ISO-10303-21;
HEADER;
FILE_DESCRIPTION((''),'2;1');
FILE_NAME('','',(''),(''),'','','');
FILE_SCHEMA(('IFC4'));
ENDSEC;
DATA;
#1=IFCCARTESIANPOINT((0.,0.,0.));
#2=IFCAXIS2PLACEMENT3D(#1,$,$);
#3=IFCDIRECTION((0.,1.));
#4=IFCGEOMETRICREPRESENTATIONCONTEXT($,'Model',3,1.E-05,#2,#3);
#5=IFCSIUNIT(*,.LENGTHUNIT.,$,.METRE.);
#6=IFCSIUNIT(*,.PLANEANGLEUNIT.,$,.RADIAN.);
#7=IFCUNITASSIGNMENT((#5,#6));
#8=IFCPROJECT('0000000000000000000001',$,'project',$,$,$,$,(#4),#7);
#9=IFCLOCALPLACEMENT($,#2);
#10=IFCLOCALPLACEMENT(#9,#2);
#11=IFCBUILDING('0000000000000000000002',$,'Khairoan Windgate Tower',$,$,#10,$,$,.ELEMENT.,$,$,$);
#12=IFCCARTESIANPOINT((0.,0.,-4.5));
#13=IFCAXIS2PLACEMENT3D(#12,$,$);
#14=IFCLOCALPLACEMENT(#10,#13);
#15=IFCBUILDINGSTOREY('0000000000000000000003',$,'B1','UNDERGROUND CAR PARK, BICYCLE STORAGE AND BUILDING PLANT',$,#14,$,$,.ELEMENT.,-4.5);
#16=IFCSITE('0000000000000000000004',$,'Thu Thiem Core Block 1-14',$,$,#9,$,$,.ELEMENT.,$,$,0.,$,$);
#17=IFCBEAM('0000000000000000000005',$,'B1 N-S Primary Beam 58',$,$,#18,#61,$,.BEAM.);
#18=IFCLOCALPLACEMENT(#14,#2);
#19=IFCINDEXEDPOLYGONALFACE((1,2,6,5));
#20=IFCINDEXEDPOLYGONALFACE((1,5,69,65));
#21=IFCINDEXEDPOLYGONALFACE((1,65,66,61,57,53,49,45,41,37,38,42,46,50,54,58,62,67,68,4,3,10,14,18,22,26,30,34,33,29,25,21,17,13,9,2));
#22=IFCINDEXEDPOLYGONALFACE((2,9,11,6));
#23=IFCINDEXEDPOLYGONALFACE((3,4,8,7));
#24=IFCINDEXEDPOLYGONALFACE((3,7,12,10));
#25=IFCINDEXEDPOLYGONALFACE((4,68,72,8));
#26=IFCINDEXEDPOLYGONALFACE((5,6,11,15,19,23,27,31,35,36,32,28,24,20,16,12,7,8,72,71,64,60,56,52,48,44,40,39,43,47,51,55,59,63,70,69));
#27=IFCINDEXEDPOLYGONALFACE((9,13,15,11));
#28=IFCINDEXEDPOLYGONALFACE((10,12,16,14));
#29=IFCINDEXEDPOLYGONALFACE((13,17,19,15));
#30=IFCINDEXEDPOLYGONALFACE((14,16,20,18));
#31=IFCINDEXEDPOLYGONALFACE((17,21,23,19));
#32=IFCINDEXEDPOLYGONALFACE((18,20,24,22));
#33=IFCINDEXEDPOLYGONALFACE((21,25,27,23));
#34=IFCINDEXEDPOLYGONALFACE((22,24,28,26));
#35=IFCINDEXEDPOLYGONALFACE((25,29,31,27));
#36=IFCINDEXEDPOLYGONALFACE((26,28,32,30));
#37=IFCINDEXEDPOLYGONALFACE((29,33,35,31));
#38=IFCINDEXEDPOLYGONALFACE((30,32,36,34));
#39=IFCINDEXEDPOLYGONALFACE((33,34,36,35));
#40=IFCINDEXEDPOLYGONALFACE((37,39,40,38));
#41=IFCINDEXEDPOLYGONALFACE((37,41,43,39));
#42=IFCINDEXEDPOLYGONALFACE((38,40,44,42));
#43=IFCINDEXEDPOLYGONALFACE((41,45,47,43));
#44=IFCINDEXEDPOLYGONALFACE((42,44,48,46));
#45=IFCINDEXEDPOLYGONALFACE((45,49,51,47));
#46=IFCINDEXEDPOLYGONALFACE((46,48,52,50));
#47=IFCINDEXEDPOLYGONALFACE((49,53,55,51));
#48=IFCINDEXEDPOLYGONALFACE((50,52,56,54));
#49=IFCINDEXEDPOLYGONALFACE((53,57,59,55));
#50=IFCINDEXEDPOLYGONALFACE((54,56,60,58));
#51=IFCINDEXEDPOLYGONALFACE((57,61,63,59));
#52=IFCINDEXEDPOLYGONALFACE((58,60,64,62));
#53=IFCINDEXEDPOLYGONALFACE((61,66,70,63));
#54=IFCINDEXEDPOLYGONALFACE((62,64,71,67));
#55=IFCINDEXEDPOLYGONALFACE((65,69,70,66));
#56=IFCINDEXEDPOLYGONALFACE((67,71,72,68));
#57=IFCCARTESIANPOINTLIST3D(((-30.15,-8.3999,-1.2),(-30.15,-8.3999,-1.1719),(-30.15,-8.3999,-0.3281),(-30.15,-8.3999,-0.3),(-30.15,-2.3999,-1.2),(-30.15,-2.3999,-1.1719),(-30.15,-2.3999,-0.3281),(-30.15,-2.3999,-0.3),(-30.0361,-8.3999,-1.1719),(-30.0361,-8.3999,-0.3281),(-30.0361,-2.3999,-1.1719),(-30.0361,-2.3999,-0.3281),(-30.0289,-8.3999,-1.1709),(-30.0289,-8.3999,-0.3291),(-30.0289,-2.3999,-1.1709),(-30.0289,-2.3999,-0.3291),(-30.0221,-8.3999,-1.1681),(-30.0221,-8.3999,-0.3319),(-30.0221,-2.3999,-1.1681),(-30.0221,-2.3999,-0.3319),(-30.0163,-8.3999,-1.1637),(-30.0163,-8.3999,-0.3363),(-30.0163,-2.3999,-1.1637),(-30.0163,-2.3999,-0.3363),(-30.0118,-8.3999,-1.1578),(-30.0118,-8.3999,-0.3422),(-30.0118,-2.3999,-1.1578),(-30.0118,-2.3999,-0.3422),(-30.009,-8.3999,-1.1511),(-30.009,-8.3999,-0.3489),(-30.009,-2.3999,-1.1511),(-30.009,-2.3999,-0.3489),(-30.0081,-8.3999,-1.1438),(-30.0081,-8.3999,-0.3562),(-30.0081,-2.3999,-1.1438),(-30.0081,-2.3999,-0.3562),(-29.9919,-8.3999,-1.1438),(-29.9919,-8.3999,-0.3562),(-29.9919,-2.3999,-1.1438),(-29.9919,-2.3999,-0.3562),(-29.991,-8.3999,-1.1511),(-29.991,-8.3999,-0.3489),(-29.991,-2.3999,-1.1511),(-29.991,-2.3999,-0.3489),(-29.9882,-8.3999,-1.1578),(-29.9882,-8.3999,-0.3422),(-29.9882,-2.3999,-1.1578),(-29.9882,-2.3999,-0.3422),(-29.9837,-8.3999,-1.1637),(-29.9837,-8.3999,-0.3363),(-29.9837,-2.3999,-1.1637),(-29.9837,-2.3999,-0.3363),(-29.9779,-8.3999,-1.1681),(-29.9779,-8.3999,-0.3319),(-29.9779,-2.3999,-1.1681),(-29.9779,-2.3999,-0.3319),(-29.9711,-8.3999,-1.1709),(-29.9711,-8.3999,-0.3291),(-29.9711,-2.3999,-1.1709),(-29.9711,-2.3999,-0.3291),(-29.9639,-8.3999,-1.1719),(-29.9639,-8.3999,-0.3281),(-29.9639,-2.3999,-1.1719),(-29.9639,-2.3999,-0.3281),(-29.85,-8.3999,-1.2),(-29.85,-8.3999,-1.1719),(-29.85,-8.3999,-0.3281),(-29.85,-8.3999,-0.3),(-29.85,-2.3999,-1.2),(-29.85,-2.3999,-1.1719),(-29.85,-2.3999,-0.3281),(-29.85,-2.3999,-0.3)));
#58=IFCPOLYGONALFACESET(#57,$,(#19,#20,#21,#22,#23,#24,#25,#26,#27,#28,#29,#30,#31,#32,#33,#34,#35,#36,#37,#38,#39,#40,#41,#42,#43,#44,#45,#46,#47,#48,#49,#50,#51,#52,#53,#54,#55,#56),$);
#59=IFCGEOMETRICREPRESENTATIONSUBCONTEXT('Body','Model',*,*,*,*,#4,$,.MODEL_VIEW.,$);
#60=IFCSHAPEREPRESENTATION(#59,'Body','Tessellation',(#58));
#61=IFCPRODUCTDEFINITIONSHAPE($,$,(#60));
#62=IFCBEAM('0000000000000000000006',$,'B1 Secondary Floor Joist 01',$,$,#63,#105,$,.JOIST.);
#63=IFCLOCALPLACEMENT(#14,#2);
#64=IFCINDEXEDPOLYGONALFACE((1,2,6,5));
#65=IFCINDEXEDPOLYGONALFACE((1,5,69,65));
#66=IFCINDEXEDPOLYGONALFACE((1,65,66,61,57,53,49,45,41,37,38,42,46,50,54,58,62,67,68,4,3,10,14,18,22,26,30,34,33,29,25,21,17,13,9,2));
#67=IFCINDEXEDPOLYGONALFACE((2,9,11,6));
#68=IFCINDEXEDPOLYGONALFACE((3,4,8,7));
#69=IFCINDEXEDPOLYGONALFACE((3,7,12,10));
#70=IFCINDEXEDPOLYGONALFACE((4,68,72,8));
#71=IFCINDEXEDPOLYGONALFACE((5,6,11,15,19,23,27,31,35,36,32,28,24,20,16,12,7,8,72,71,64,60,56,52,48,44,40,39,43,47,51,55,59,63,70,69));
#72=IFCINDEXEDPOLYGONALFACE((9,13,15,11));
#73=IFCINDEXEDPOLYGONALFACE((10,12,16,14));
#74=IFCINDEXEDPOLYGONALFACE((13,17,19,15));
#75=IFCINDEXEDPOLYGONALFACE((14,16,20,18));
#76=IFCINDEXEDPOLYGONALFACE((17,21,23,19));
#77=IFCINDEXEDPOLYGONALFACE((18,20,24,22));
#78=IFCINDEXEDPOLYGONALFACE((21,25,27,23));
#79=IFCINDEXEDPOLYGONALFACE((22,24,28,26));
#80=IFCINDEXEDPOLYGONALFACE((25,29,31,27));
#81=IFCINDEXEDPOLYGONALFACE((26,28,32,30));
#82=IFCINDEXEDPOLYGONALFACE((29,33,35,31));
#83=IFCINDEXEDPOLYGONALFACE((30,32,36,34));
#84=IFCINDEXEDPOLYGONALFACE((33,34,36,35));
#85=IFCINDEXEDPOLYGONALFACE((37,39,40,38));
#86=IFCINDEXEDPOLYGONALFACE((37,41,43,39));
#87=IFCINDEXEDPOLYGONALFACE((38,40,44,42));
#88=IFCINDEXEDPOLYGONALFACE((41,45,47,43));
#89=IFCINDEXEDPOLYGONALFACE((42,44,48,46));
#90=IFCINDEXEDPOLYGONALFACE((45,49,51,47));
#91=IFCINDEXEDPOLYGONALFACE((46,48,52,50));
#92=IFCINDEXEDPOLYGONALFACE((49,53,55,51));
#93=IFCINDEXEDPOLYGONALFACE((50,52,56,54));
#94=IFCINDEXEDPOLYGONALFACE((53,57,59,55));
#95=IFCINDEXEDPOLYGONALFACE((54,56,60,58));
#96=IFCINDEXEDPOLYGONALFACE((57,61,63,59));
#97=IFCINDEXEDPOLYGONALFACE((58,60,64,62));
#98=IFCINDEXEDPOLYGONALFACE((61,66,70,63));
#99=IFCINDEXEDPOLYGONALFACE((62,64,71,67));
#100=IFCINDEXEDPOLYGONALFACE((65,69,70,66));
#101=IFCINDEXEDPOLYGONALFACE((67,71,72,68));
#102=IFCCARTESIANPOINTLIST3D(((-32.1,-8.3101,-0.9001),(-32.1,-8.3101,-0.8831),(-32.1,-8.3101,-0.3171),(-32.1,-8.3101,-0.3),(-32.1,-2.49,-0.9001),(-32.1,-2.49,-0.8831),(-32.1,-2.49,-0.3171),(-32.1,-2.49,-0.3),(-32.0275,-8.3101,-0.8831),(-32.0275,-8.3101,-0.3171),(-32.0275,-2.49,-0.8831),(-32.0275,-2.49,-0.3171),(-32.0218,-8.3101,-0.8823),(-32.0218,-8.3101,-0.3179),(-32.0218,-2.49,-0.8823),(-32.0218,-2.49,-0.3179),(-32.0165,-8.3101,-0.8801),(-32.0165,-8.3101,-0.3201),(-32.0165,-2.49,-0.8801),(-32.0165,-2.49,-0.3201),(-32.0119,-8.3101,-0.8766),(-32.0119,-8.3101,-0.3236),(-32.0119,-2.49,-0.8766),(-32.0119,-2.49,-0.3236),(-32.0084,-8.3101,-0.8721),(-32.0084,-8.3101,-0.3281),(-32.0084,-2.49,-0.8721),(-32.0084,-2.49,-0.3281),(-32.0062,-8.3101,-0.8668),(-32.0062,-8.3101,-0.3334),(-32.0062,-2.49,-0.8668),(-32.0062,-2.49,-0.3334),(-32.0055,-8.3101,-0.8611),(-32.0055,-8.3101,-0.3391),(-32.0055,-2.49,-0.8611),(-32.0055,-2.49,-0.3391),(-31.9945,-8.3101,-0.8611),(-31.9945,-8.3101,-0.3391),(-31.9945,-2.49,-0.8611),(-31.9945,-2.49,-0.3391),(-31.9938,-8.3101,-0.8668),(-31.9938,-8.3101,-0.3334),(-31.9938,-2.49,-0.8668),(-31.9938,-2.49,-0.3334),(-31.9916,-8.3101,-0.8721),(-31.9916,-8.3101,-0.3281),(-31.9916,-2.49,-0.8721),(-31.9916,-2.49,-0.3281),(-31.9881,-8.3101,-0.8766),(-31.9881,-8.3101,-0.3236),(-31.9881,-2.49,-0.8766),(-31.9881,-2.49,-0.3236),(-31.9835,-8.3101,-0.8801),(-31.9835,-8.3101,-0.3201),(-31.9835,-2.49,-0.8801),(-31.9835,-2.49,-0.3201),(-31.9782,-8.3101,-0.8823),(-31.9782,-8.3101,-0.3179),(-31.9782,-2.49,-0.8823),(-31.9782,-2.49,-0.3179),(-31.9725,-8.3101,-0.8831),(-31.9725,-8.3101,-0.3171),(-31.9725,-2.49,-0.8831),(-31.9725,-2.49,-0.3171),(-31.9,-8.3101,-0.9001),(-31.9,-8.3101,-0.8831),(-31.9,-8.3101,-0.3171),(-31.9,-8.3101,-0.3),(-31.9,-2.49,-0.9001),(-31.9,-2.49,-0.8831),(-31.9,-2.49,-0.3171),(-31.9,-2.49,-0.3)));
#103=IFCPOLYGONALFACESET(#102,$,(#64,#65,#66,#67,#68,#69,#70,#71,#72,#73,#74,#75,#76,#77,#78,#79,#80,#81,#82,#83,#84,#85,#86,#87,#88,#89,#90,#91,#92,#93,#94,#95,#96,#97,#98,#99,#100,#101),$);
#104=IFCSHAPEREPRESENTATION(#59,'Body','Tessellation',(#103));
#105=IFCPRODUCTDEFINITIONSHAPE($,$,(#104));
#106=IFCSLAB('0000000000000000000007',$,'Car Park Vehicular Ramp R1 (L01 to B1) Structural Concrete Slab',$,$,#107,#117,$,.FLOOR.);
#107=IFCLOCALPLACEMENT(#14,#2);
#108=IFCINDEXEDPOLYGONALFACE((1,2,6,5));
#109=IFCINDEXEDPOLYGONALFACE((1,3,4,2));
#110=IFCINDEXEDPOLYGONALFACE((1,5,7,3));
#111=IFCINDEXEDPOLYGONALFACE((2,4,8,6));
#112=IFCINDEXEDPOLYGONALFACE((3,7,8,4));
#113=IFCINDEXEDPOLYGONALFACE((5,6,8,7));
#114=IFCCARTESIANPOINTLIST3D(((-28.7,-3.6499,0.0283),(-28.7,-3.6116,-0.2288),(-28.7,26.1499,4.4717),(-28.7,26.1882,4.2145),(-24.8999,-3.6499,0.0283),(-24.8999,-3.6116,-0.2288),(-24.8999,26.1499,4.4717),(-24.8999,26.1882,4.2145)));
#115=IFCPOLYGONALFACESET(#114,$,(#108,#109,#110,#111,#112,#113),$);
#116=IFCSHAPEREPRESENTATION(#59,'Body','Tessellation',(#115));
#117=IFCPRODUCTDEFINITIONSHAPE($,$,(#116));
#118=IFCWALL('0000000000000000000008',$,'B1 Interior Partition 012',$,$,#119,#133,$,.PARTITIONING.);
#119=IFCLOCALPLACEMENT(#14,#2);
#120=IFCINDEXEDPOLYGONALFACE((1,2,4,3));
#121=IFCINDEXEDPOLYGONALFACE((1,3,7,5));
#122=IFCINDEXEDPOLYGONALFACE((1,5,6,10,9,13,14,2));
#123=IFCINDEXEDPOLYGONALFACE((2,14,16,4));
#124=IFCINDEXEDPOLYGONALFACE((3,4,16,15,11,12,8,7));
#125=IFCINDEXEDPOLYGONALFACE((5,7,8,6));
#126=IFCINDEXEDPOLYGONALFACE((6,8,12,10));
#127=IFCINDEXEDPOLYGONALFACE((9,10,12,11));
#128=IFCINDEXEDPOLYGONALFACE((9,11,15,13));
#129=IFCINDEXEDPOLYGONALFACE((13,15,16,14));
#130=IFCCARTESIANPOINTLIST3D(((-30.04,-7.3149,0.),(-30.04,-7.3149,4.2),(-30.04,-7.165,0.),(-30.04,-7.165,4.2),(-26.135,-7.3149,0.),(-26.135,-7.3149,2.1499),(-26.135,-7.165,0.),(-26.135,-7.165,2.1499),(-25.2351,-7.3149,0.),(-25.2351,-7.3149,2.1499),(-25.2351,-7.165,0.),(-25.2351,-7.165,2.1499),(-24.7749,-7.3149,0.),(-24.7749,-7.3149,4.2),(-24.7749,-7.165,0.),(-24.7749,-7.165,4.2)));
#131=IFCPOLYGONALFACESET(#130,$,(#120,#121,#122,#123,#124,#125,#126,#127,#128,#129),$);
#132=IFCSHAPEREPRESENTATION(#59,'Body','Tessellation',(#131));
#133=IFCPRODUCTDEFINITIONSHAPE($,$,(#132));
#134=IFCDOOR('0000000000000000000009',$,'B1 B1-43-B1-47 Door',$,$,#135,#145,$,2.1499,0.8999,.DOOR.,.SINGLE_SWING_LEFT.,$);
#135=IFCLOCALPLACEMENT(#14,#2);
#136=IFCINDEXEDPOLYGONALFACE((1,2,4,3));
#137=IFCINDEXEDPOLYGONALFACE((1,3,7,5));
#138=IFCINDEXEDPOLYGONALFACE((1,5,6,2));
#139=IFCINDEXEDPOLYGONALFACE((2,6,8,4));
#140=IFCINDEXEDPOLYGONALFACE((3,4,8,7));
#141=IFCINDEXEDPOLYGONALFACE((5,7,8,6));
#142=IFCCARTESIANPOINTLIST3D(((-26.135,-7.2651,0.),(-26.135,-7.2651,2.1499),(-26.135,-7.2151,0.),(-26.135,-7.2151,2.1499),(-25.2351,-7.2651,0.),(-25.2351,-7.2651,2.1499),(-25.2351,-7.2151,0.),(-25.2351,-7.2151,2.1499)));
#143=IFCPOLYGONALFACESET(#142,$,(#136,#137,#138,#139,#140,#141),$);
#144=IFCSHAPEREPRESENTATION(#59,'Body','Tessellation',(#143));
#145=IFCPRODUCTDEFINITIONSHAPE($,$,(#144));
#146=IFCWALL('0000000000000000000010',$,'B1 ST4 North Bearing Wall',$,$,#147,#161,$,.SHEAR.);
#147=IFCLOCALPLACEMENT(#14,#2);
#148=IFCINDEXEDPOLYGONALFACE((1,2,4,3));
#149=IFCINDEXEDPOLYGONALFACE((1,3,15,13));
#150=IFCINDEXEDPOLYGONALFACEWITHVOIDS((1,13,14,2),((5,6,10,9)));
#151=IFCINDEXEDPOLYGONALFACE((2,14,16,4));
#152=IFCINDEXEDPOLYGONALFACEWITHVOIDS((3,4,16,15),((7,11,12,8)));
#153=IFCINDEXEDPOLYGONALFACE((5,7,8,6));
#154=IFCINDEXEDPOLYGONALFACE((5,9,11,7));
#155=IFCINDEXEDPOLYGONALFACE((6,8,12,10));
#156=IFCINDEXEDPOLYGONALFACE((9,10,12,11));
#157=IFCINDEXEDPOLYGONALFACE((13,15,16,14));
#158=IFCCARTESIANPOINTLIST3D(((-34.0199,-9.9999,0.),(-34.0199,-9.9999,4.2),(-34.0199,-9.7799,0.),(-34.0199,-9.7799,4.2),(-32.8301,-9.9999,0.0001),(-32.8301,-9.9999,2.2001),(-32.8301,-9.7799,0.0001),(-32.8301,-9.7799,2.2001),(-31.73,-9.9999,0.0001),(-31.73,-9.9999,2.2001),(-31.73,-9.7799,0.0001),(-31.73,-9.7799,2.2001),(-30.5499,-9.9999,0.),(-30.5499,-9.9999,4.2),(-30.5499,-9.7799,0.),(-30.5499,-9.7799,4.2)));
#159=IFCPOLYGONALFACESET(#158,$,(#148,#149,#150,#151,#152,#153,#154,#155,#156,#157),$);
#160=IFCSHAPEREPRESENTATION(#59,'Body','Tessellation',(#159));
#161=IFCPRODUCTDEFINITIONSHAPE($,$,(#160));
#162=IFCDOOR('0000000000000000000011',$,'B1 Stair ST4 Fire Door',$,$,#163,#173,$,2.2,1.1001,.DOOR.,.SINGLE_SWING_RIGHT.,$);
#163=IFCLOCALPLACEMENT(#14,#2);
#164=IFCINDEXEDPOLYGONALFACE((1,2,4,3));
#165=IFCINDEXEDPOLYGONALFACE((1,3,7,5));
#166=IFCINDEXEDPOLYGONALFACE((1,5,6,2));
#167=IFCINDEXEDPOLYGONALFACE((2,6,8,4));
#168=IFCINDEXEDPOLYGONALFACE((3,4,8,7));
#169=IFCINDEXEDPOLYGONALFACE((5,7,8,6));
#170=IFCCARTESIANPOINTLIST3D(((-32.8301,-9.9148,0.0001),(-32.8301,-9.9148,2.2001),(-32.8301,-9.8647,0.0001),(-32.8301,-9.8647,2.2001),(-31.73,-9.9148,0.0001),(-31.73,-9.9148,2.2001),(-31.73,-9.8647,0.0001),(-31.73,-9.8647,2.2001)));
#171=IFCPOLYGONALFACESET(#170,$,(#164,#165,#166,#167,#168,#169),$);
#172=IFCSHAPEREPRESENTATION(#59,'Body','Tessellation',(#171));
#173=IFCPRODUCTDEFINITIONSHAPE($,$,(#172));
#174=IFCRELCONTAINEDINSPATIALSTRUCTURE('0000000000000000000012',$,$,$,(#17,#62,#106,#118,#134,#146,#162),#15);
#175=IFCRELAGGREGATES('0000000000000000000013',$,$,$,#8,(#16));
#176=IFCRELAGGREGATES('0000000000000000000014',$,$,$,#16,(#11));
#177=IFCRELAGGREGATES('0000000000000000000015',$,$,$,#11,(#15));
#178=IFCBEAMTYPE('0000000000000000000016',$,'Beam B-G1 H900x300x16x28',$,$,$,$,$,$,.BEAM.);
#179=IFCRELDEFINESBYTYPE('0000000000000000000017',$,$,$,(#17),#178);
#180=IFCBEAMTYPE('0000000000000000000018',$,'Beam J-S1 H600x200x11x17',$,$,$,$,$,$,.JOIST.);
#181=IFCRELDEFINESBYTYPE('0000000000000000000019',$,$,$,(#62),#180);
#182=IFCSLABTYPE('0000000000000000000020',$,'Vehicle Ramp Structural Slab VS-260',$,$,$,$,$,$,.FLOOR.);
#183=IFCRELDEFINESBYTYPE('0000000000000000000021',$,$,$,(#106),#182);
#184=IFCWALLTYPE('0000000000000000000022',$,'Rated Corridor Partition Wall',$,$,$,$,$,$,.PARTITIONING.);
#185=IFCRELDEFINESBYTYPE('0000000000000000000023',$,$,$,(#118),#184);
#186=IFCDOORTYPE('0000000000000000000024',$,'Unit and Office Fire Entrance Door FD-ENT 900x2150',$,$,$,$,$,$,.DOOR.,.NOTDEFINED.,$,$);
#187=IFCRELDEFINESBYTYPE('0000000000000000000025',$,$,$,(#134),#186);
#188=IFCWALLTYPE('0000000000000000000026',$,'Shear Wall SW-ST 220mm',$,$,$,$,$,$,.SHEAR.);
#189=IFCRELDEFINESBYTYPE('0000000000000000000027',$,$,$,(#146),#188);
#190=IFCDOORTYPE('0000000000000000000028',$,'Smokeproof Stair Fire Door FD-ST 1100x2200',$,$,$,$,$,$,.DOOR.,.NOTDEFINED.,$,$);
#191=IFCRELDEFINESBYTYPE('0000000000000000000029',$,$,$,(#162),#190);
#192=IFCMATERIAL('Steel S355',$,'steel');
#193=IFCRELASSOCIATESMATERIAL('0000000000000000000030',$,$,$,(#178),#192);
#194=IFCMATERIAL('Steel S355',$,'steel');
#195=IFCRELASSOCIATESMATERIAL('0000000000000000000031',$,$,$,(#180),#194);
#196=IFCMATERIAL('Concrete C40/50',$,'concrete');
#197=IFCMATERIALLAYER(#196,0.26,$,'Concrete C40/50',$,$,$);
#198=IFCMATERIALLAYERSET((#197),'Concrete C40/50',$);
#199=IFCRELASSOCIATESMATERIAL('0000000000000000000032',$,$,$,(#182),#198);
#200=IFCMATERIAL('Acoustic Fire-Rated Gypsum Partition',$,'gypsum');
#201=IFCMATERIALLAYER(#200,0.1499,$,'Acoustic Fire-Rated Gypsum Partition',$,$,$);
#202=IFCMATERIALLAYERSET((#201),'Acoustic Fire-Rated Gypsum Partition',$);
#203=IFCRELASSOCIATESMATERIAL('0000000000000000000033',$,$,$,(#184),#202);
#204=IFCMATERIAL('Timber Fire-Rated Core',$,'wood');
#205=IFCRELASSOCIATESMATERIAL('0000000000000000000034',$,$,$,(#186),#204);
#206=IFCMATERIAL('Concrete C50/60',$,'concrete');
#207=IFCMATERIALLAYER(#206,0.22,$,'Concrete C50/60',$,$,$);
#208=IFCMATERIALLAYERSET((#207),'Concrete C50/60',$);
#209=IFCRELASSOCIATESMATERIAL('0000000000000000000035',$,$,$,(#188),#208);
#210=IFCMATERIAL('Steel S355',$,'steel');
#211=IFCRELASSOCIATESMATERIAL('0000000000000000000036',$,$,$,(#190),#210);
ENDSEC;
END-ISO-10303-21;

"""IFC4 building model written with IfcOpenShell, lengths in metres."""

from ifc_helpers import new_model, si_unit, direction, frame, frame_2d, origin, origin_2d, place, context, subcontext, project, spatial, polyline, rectangle, i_section, outline, extrude, material, layer, layer_set, material_profile, profile_set, type_object, element, fill, save


model = new_model("IFC4")

# Units and contexts
model_context = context("Model", 3, precision=1e-05, world=origin(), true_north=direction((0.0, 1.0)))
body_context = subcontext(model_context, "Body", "Model", "MODEL_VIEW")
ifc_project = project(units=[si_unit("LENGTHUNIT", "METRE"), si_unit("PLANEANGLEUNIT", "RADIAN")], contexts=[model_context])

# Site, building, storey
site_placement = place(None, origin())
site = spatial("IfcSite", under=ifc_project, at=site_placement, Name="Thu Thiem Core Block 1-14", CompositionType="ELEMENT", RefElevation=0.0)
building_placement = place(site_placement, origin())
building = spatial("IfcBuilding", under=site, at=building_placement, Name="Khairoan Windgate Tower", CompositionType="ELEMENT")
storey_placement = place(building_placement, frame((0.0, 0.0, -4.5)))
storey = spatial("IfcBuildingStorey", under=building, at=storey_placement, Name="B1", Description="UNDERGROUND CAR PARK, BICYCLE STORAGE AND BUILDING PLANT", CompositionType="ELEMENT", Elevation=-4.5)

# Beams
ifc_material_1 = material(Name="Steel S355", Category="steel")
ifc_material_profile_1 = material_profile(ifc_material_1, i_section(OverallWidth=0.3, OverallDepth=0.8999, WebThickness=0.0161, FlangeThickness=0.0281, FilletRadius=0.0281, at=origin_2d()))
ifc_profile_set_1 = profile_set([ifc_material_profile_1], Name="Steel S355")
beam_type_1 = type_object("IfcBeamType", Name="Beam B-G1 H900x300x16x28", PredefinedType="BEAM", material=ifc_profile_set_1)
for number, where, z_axis, x_axis, name in (
    (1, (-30.0, -8.3999, -0.75), (0.0, 1.0, 0.0), (-1.0, 0.0, 0.0), "B1 N-S Primary Beam 58"),
):
    element("IfcBeam", number, at=place(storey_placement, frame(where, z_axis=z_axis, x_axis=x_axis)), inside=storey, type_object=beam_type_1, Name=name, PredefinedType="BEAM", context=body_context, shape_type="SweptSolid", body=[
        extrude(i_section(OverallWidth=0.3, OverallDepth=0.8999, WebThickness=0.0161, FlangeThickness=0.0281, FilletRadius=0.0281, at=origin_2d()), origin(), (0.0, 0.0, 1.0), 6.0),
    ])
ifc_material_2 = material(Name="Steel S355", Category="steel")
ifc_material_profile_2 = material_profile(ifc_material_2, i_section(OverallWidth=0.2, OverallDepth=0.6001, WebThickness=0.011, FlangeThickness=0.0171, FilletRadius=0.022, at=origin_2d()))
ifc_profile_set_2 = profile_set([ifc_material_profile_2], Name="Steel S355")
beam_type_2 = type_object("IfcBeamType", Name="Beam J-S1 H600x200x11x17", PredefinedType="JOIST", material=ifc_profile_set_2)
beam_placement = place(storey_placement, frame((-32.0, -8.3101, -0.6001), z_axis=(0.0, 1.0, 0.0), x_axis=(-1.0, 0.0, 0.0)))
element("IfcBeam", 2, at=beam_placement, inside=storey, type_object=beam_type_2, Name="B1 Secondary Floor Joist 01", PredefinedType="JOIST", context=body_context, shape_type="SweptSolid", body=[
    extrude(i_section(OverallWidth=0.2, OverallDepth=0.6001, WebThickness=0.011, FlangeThickness=0.0171, FilletRadius=0.022, at=origin_2d()), origin(), (0.0, 0.0, 1.0), 5.8201),
])

# Slab
ifc_material_3 = material(Name="Concrete C40/50", Category="concrete")
ifc_layer_1 = layer(ifc_material_3, 0.26, Name="Concrete C40/50")
ifc_layer_set_1 = layer_set([ifc_layer_1], Name="Concrete C40/50")
slab_type = type_object("IfcSlabType", Name="Vehicle Ramp Structural Slab VS-260", PredefinedType="FLOOR", material=ifc_layer_set_1)
slab_placement = place(storey_placement, frame((-28.7, -3.6499, 0.0283), z_axis=(0.0, -0.147477, 0.989066), x_axis=(1.0, 0.0, 0.0)))
element("IfcSlab", 3, at=slab_placement, inside=storey, type_object=slab_type, Name="Car Park Vehicular Ramp R1 (L01 to B1) Structural Concrete Slab", PredefinedType="FLOOR", context=body_context, shape_type="SweptSolid", body=[
    extrude(outline(polyline([(0.0, 0.0), (3.8, 0.0), (3.8, 30.1293), (0.0, 30.1293), (0.0, 0.0)])), origin(), (0.0, 0.0, -1.0), 0.26),
])

# Walls, openings, doors
ifc_material_4 = material(Name="Acoustic Fire-Rated Gypsum Partition", Category="gypsum")
ifc_layer_2 = layer(ifc_material_4, 0.1499, Name="Acoustic Fire-Rated Gypsum Partition")
ifc_layer_set_2 = layer_set([ifc_layer_2], Name="Acoustic Fire-Rated Gypsum Partition")
wall_type_1 = type_object("IfcWallType", Name="Rated Corridor Partition Wall", PredefinedType="PARTITIONING", material=ifc_layer_set_2)
wall_1_placement = place(storey_placement, frame((-30.04, -7.24, 0.0), z_axis=(0.0, 0.0, 1.0), x_axis=(1.0, 0.0, 0.0)))
wall_1 = element("IfcWall", 4, at=wall_1_placement, inside=storey, type_object=wall_type_1, Name="B1 Interior Partition 012", PredefinedType="PARTITIONING", context=body_context, shape_type="SweptSolid", body=[
    extrude(rectangle(XDim=5.2651, YDim=0.1499, at=frame_2d((2.6326, 0.0))), origin(), (0.0, 0.0, 1.0), 4.2),
])
opening_1_placement = place(wall_1_placement, frame((3.905, 0.0, 0.0)))
opening_1 = element("IfcOpeningElement", 5, at=opening_1_placement, cuts=wall_1, PredefinedType="OPENING", context=body_context, shape_type="SweptSolid", body=[
    extrude(rectangle(XDim=0.8999, YDim=2.1499, at=frame_2d((0.45, 1.075))), frame((0.0, 0.085, 0.0), z_axis=(0.0, -1.0, 0.0), x_axis=(1.0, 0.0, 0.0)), (0.0, 0.0, 1.0), 0.1699),
])
ifc_material_5 = material(Name="Timber Fire-Rated Core", Category="wood")
door_type_1 = type_object("IfcDoorType", Name="Unit and Office Fire Entrance Door FD-ENT 900x2150", OperationType="NOTDEFINED", PredefinedType="DOOR", material=ifc_material_5)
door_1_placement = place(opening_1_placement, origin())
door_1 = element("IfcDoor", 6, at=door_1_placement, inside=storey, type_object=door_type_1, Name="B1 B1-43-B1-47 Door", OperationType="SINGLE_SWING_LEFT", OverallHeight=2.1499, OverallWidth=0.8999, PredefinedType="DOOR", context=body_context, shape_type="SweptSolid", body=[
    extrude(rectangle(XDim=0.8999, YDim=2.1499, at=frame_2d((0.45, 1.075))), frame((0.0, 0.0249, 0.0), z_axis=(0.0, -1.0, 0.0), x_axis=(1.0, 0.0, 0.0)), (0.0, 0.0, 1.0), 0.05),
])
fill(opening_1, door_1)
ifc_material_6 = material(Name="Concrete C50/60", Category="concrete")
ifc_layer_3 = layer(ifc_material_6, 0.22, Name="Concrete C50/60")
ifc_layer_set_3 = layer_set([ifc_layer_3], Name="Concrete C50/60")
wall_type_2 = type_object("IfcWallType", Name="Shear Wall SW-ST 220mm", PredefinedType="SHEAR", material=ifc_layer_set_3)
wall_2_placement = place(storey_placement, frame((-30.55, -9.8899, 0.0), z_axis=(0.0, 0.0, 1.0), x_axis=(-1.0, 0.0, 0.0)))
wall_2 = element("IfcWall", 7, at=wall_2_placement, inside=storey, type_object=wall_type_2, Name="B1 ST4 North Bearing Wall", PredefinedType="SHEAR", context=body_context, shape_type="SweptSolid", body=[
    extrude(rectangle(XDim=3.47, YDim=0.22, at=frame_2d((1.7349, 0.0))), origin(), (0.0, 0.0, 1.0), 4.2),
])
opening_2_placement = place(wall_2_placement, frame((1.1799, 0.0, 0.0)))
opening_2 = element("IfcOpeningElement", 8, at=opening_2_placement, cuts=wall_2, PredefinedType="OPENING", context=body_context, shape_type="SweptSolid", body=[
    extrude(rectangle(XDim=1.1001, YDim=2.2, at=frame_2d((0.55, 1.1001))), frame((0.0, 0.1199, 0.0), z_axis=(0.0, -1.0, 0.0), x_axis=(1.0, 0.0, 0.0)), (0.0, 0.0, 1.0), 0.24),
])
ifc_material_7 = material(Name="Steel S355", Category="steel")
door_type_2 = type_object("IfcDoorType", Name="Smokeproof Stair Fire Door FD-ST 1100x2200", OperationType="NOTDEFINED", PredefinedType="DOOR", material=ifc_material_7)
door_2_placement = place(opening_2_placement, origin())
door_2 = element("IfcDoor", 9, at=door_2_placement, inside=storey, type_object=door_type_2, Name="B1 Stair ST4 Fire Door", OperationType="SINGLE_SWING_RIGHT", OverallHeight=2.2, OverallWidth=1.1001, PredefinedType="DOOR", context=body_context, shape_type="SweptSolid", body=[
    extrude(rectangle(XDim=1.1001, YDim=2.2, at=frame_2d((0.55, 1.1001))), frame((0.0, 0.0249, 0.0), z_axis=(0.0, -1.0, 0.0), x_axis=(1.0, 0.0, 0.0)), (0.0, 0.0, 1.0), 0.05),
])
fill(opening_2, door_2)

save(model, "model.ifc")
